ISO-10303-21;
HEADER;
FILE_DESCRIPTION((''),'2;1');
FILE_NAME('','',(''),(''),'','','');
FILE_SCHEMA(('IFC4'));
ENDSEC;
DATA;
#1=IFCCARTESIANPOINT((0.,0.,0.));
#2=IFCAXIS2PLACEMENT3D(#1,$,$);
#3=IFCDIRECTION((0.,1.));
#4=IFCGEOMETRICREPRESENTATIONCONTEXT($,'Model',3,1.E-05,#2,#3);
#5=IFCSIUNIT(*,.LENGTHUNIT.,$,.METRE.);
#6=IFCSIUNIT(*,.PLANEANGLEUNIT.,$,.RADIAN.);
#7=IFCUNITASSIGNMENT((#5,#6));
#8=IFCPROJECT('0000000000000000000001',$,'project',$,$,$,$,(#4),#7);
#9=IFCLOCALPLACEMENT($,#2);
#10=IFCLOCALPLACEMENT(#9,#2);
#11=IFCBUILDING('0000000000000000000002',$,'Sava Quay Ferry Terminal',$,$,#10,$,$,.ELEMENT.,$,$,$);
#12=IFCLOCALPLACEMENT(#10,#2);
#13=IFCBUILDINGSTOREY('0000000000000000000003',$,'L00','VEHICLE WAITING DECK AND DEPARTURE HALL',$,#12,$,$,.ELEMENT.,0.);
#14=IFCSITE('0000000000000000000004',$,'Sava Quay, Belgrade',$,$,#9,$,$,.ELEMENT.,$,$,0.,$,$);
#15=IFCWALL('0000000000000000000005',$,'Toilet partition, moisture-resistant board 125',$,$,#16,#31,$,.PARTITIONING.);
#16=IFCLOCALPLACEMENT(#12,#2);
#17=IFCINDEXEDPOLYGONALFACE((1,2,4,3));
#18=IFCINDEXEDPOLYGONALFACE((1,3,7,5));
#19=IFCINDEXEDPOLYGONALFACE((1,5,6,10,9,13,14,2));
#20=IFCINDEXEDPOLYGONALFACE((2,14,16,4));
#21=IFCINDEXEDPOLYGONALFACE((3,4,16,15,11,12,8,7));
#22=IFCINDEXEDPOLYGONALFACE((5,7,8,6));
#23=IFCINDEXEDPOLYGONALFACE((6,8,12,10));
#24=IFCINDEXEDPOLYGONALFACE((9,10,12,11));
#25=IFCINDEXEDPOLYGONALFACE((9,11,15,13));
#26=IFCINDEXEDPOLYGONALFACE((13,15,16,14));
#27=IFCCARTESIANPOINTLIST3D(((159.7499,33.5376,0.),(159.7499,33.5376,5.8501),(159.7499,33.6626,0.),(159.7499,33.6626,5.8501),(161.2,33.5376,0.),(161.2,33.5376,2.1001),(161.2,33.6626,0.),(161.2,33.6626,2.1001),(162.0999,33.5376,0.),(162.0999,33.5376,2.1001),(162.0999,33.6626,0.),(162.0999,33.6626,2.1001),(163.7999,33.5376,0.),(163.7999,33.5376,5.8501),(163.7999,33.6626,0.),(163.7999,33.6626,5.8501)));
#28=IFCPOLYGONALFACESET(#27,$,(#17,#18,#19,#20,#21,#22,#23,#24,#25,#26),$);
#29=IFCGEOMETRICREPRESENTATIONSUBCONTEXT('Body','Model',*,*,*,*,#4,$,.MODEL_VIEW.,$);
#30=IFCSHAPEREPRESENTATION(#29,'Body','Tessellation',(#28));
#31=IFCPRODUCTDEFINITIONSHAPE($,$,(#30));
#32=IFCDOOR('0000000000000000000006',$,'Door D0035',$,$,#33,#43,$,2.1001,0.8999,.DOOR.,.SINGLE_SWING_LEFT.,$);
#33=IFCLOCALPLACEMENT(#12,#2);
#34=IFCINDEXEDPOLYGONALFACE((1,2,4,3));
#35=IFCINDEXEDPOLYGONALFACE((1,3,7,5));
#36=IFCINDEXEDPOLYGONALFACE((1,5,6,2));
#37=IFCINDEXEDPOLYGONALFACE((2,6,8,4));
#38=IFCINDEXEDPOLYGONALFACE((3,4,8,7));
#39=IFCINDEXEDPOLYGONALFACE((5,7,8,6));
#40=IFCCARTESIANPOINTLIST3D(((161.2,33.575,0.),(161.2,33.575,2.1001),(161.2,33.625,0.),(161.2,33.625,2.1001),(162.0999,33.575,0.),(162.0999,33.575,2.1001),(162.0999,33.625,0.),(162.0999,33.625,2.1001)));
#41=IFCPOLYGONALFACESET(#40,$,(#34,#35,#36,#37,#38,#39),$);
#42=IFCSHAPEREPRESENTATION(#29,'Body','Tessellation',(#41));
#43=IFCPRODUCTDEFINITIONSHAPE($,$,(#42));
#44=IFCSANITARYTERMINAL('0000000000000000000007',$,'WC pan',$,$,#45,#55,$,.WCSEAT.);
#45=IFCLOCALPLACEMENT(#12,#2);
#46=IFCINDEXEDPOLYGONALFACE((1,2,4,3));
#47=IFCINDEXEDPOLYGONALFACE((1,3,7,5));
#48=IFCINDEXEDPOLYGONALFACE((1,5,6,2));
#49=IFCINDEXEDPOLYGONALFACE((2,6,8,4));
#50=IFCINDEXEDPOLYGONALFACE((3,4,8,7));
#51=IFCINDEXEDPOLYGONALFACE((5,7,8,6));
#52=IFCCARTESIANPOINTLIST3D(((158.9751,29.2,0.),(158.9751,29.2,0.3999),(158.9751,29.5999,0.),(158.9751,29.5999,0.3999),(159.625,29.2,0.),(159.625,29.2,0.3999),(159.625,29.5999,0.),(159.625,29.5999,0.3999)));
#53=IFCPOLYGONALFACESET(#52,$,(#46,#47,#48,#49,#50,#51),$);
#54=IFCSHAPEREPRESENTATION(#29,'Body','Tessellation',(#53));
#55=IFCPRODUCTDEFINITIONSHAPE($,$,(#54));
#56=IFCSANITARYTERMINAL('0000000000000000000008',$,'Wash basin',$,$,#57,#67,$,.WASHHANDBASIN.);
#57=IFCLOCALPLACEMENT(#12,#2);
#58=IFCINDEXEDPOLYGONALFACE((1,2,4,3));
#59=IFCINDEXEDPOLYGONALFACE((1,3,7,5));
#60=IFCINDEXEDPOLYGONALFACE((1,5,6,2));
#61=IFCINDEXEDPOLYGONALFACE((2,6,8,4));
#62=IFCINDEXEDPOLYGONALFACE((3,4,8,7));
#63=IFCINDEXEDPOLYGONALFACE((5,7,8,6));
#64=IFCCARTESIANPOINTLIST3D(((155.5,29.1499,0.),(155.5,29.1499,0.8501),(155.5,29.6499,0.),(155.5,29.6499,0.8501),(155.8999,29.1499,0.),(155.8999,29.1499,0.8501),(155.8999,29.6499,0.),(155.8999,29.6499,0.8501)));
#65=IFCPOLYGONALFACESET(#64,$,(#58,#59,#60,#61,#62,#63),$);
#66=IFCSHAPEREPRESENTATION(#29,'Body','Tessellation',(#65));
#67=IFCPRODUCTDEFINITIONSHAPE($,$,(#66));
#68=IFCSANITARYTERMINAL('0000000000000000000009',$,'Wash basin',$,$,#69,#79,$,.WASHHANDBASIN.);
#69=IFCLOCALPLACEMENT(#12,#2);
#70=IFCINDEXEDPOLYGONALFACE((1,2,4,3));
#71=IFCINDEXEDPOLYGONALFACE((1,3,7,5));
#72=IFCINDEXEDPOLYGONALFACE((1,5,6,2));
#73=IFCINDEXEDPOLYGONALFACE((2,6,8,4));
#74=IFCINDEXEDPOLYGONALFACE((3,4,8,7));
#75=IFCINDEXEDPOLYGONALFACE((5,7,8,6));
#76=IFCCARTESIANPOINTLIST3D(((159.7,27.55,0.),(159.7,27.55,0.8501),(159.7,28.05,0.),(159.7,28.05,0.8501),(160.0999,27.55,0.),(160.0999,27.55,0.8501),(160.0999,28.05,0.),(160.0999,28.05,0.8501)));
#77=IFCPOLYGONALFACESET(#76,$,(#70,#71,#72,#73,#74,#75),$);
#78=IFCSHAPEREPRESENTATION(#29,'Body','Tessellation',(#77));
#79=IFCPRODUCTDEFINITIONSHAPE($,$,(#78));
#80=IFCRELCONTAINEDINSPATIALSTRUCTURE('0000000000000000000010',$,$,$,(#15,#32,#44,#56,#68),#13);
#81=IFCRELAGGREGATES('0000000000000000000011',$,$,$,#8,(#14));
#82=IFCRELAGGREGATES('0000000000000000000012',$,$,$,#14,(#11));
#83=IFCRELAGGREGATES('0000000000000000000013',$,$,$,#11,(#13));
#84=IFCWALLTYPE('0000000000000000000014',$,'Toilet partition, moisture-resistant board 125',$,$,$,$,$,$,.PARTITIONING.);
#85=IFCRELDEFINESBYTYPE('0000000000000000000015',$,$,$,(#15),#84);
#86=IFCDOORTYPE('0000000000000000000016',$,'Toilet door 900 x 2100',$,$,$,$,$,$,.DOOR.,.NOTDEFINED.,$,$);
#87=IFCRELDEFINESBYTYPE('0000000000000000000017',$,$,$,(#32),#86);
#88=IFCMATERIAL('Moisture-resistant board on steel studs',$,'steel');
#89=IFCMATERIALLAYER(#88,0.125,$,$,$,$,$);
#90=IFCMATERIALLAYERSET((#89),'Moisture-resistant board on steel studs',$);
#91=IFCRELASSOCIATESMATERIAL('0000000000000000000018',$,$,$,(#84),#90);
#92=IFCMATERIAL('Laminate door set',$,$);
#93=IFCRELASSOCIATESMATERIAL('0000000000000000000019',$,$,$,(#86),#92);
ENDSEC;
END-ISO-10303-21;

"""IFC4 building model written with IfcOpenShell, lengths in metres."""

from ifc_helpers import new_model, si_unit, direction, frame, frame_2d, origin, origin_2d, place, context, subcontext, project, spatial, rectangle, extrude, material, layer, layer_set, type_object, element, fill, save


model = new_model("IFC4")

# Units and contexts
model_context = context("Model", 3, precision=1e-05, world=origin(), true_north=direction((0.0, 1.0)))
body_context = subcontext(model_context, "Body", "Model", "MODEL_VIEW")
ifc_project = project(units=[si_unit("LENGTHUNIT", "METRE"), si_unit("PLANEANGLEUNIT", "RADIAN")], contexts=[model_context])

# Site, building, storey
site_placement = place(None, origin())
site = spatial("IfcSite", under=ifc_project, at=site_placement, Name="Sava Quay, Belgrade", CompositionType="ELEMENT", RefElevation=0.0)
building_placement = place(site_placement, origin())
building = spatial("IfcBuilding", under=site, at=building_placement, Name="Sava Quay Ferry Terminal", CompositionType="ELEMENT")
storey_placement = place(building_placement, origin())
storey = spatial("IfcBuildingStorey", under=building, at=storey_placement, Name="L00", Description="VEHICLE WAITING DECK AND DEPARTURE HALL", CompositionType="ELEMENT", Elevation=0.0)

# Wall, opening, door
ifc_material_1 = material(Name="Moisture-resistant board on steel studs", Category="steel")
ifc_layer = layer(ifc_material_1, 0.125)
ifc_layer_set = layer_set([ifc_layer], Name="Moisture-resistant board on steel studs")
wall_type = type_object("IfcWallType", Name="Toilet partition, moisture-resistant board 125", PredefinedType="PARTITIONING", material=ifc_layer_set)
wall_1_placement = place(storey_placement, frame((159.75, 33.6001, 0.0), z_axis=(0.0, 0.0, 1.0), x_axis=(1.0, 0.0, 0.0)))
wall_1 = element("IfcWall", 1, at=wall_1_placement, inside=storey, type_object=wall_type, Name="Toilet partition, moisture-resistant board 125", PredefinedType="PARTITIONING", context=body_context, shape_type="SweptSolid", body=[
    extrude(rectangle(XDim=4.05, YDim=0.125, at=frame_2d((2.0249, 0.0))), origin(), (0.0, 0.0, 1.0), 5.8501),
])
opening_1_placement = place(wall_1_placement, frame((1.45, 0.0, 0.0)))
opening_1 = element("IfcOpeningElement", 2, at=opening_1_placement, cuts=wall_1, PredefinedType="OPENING", context=body_context, shape_type="SweptSolid", body=[
    extrude(rectangle(XDim=0.8999, YDim=2.1001, at=frame_2d((0.45, 1.05))), frame((0.0, 0.0625, 0.0), z_axis=(0.0, -1.0, 0.0), x_axis=(1.0, 0.0, 0.0)), (0.0, 0.0, 1.0), 0.125),
])
ifc_material_2 = material(Name="Laminate door set")
door_type_1 = type_object("IfcDoorType", Name="Toilet door 900 x 2100", OperationType="NOTDEFINED", PredefinedType="DOOR", material=ifc_material_2)
door_1_placement = place(opening_1_placement, origin())
door_1 = element("IfcDoor", 3, at=door_1_placement, inside=storey, type_object=door_type_1, Name="Door D0035", OperationType="SINGLE_SWING_LEFT", OverallHeight=2.1001, OverallWidth=0.8999, PredefinedType="DOOR", context=body_context, shape_type="SweptSolid", body=[
    extrude(rectangle(XDim=0.8999, YDim=2.1001, at=frame_2d((0.45, 1.05))), frame((0.0, 0.0249, 0.0), z_axis=(0.0, -1.0, 0.0), x_axis=(1.0, 0.0, 0.0)), (0.0, 0.0, 1.0), 0.05),
])
fill(opening_1, door_1)

# Sanitary terminals
sanitary_terminal_placement = place(storey_placement, frame((159.3, 29.3999, 0.0), z_axis=(0.0, 0.0, 1.0), x_axis=(1.0, 0.0, 0.0)))
element("IfcSanitaryTerminal", 4, at=sanitary_terminal_placement, inside=storey, Name="WC pan", PredefinedType="WCSEAT", context=body_context, shape_type="SweptSolid", body=[
    extrude(rectangle(XDim=0.6499, YDim=0.3999, at=origin_2d()), origin(), (0.0, 0.0, 1.0), 0.3999),
])
for number, where, z_axis, x_axis, name in (
    (5, (155.7, 29.3999, 0.0), (0.0, 0.0, 1.0), (1.0, 0.0, 0.0), "Wash basin"),
    (6, (159.8999, 27.8, 0.0), (0.0, 0.0, 1.0), (1.0, 0.0, 0.0), "Wash basin"),
):
    element("IfcSanitaryTerminal", number, at=place(storey_placement, frame(where, z_axis=z_axis, x_axis=x_axis)), inside=storey, Name=name, PredefinedType="WASHHANDBASIN", context=body_context, shape_type="SweptSolid", body=[
        extrude(rectangle(XDim=0.3999, YDim=0.5, at=origin_2d()), origin(), (0.0, 0.0, 1.0), 0.8501),
    ])

save(model, "model.ifc")
